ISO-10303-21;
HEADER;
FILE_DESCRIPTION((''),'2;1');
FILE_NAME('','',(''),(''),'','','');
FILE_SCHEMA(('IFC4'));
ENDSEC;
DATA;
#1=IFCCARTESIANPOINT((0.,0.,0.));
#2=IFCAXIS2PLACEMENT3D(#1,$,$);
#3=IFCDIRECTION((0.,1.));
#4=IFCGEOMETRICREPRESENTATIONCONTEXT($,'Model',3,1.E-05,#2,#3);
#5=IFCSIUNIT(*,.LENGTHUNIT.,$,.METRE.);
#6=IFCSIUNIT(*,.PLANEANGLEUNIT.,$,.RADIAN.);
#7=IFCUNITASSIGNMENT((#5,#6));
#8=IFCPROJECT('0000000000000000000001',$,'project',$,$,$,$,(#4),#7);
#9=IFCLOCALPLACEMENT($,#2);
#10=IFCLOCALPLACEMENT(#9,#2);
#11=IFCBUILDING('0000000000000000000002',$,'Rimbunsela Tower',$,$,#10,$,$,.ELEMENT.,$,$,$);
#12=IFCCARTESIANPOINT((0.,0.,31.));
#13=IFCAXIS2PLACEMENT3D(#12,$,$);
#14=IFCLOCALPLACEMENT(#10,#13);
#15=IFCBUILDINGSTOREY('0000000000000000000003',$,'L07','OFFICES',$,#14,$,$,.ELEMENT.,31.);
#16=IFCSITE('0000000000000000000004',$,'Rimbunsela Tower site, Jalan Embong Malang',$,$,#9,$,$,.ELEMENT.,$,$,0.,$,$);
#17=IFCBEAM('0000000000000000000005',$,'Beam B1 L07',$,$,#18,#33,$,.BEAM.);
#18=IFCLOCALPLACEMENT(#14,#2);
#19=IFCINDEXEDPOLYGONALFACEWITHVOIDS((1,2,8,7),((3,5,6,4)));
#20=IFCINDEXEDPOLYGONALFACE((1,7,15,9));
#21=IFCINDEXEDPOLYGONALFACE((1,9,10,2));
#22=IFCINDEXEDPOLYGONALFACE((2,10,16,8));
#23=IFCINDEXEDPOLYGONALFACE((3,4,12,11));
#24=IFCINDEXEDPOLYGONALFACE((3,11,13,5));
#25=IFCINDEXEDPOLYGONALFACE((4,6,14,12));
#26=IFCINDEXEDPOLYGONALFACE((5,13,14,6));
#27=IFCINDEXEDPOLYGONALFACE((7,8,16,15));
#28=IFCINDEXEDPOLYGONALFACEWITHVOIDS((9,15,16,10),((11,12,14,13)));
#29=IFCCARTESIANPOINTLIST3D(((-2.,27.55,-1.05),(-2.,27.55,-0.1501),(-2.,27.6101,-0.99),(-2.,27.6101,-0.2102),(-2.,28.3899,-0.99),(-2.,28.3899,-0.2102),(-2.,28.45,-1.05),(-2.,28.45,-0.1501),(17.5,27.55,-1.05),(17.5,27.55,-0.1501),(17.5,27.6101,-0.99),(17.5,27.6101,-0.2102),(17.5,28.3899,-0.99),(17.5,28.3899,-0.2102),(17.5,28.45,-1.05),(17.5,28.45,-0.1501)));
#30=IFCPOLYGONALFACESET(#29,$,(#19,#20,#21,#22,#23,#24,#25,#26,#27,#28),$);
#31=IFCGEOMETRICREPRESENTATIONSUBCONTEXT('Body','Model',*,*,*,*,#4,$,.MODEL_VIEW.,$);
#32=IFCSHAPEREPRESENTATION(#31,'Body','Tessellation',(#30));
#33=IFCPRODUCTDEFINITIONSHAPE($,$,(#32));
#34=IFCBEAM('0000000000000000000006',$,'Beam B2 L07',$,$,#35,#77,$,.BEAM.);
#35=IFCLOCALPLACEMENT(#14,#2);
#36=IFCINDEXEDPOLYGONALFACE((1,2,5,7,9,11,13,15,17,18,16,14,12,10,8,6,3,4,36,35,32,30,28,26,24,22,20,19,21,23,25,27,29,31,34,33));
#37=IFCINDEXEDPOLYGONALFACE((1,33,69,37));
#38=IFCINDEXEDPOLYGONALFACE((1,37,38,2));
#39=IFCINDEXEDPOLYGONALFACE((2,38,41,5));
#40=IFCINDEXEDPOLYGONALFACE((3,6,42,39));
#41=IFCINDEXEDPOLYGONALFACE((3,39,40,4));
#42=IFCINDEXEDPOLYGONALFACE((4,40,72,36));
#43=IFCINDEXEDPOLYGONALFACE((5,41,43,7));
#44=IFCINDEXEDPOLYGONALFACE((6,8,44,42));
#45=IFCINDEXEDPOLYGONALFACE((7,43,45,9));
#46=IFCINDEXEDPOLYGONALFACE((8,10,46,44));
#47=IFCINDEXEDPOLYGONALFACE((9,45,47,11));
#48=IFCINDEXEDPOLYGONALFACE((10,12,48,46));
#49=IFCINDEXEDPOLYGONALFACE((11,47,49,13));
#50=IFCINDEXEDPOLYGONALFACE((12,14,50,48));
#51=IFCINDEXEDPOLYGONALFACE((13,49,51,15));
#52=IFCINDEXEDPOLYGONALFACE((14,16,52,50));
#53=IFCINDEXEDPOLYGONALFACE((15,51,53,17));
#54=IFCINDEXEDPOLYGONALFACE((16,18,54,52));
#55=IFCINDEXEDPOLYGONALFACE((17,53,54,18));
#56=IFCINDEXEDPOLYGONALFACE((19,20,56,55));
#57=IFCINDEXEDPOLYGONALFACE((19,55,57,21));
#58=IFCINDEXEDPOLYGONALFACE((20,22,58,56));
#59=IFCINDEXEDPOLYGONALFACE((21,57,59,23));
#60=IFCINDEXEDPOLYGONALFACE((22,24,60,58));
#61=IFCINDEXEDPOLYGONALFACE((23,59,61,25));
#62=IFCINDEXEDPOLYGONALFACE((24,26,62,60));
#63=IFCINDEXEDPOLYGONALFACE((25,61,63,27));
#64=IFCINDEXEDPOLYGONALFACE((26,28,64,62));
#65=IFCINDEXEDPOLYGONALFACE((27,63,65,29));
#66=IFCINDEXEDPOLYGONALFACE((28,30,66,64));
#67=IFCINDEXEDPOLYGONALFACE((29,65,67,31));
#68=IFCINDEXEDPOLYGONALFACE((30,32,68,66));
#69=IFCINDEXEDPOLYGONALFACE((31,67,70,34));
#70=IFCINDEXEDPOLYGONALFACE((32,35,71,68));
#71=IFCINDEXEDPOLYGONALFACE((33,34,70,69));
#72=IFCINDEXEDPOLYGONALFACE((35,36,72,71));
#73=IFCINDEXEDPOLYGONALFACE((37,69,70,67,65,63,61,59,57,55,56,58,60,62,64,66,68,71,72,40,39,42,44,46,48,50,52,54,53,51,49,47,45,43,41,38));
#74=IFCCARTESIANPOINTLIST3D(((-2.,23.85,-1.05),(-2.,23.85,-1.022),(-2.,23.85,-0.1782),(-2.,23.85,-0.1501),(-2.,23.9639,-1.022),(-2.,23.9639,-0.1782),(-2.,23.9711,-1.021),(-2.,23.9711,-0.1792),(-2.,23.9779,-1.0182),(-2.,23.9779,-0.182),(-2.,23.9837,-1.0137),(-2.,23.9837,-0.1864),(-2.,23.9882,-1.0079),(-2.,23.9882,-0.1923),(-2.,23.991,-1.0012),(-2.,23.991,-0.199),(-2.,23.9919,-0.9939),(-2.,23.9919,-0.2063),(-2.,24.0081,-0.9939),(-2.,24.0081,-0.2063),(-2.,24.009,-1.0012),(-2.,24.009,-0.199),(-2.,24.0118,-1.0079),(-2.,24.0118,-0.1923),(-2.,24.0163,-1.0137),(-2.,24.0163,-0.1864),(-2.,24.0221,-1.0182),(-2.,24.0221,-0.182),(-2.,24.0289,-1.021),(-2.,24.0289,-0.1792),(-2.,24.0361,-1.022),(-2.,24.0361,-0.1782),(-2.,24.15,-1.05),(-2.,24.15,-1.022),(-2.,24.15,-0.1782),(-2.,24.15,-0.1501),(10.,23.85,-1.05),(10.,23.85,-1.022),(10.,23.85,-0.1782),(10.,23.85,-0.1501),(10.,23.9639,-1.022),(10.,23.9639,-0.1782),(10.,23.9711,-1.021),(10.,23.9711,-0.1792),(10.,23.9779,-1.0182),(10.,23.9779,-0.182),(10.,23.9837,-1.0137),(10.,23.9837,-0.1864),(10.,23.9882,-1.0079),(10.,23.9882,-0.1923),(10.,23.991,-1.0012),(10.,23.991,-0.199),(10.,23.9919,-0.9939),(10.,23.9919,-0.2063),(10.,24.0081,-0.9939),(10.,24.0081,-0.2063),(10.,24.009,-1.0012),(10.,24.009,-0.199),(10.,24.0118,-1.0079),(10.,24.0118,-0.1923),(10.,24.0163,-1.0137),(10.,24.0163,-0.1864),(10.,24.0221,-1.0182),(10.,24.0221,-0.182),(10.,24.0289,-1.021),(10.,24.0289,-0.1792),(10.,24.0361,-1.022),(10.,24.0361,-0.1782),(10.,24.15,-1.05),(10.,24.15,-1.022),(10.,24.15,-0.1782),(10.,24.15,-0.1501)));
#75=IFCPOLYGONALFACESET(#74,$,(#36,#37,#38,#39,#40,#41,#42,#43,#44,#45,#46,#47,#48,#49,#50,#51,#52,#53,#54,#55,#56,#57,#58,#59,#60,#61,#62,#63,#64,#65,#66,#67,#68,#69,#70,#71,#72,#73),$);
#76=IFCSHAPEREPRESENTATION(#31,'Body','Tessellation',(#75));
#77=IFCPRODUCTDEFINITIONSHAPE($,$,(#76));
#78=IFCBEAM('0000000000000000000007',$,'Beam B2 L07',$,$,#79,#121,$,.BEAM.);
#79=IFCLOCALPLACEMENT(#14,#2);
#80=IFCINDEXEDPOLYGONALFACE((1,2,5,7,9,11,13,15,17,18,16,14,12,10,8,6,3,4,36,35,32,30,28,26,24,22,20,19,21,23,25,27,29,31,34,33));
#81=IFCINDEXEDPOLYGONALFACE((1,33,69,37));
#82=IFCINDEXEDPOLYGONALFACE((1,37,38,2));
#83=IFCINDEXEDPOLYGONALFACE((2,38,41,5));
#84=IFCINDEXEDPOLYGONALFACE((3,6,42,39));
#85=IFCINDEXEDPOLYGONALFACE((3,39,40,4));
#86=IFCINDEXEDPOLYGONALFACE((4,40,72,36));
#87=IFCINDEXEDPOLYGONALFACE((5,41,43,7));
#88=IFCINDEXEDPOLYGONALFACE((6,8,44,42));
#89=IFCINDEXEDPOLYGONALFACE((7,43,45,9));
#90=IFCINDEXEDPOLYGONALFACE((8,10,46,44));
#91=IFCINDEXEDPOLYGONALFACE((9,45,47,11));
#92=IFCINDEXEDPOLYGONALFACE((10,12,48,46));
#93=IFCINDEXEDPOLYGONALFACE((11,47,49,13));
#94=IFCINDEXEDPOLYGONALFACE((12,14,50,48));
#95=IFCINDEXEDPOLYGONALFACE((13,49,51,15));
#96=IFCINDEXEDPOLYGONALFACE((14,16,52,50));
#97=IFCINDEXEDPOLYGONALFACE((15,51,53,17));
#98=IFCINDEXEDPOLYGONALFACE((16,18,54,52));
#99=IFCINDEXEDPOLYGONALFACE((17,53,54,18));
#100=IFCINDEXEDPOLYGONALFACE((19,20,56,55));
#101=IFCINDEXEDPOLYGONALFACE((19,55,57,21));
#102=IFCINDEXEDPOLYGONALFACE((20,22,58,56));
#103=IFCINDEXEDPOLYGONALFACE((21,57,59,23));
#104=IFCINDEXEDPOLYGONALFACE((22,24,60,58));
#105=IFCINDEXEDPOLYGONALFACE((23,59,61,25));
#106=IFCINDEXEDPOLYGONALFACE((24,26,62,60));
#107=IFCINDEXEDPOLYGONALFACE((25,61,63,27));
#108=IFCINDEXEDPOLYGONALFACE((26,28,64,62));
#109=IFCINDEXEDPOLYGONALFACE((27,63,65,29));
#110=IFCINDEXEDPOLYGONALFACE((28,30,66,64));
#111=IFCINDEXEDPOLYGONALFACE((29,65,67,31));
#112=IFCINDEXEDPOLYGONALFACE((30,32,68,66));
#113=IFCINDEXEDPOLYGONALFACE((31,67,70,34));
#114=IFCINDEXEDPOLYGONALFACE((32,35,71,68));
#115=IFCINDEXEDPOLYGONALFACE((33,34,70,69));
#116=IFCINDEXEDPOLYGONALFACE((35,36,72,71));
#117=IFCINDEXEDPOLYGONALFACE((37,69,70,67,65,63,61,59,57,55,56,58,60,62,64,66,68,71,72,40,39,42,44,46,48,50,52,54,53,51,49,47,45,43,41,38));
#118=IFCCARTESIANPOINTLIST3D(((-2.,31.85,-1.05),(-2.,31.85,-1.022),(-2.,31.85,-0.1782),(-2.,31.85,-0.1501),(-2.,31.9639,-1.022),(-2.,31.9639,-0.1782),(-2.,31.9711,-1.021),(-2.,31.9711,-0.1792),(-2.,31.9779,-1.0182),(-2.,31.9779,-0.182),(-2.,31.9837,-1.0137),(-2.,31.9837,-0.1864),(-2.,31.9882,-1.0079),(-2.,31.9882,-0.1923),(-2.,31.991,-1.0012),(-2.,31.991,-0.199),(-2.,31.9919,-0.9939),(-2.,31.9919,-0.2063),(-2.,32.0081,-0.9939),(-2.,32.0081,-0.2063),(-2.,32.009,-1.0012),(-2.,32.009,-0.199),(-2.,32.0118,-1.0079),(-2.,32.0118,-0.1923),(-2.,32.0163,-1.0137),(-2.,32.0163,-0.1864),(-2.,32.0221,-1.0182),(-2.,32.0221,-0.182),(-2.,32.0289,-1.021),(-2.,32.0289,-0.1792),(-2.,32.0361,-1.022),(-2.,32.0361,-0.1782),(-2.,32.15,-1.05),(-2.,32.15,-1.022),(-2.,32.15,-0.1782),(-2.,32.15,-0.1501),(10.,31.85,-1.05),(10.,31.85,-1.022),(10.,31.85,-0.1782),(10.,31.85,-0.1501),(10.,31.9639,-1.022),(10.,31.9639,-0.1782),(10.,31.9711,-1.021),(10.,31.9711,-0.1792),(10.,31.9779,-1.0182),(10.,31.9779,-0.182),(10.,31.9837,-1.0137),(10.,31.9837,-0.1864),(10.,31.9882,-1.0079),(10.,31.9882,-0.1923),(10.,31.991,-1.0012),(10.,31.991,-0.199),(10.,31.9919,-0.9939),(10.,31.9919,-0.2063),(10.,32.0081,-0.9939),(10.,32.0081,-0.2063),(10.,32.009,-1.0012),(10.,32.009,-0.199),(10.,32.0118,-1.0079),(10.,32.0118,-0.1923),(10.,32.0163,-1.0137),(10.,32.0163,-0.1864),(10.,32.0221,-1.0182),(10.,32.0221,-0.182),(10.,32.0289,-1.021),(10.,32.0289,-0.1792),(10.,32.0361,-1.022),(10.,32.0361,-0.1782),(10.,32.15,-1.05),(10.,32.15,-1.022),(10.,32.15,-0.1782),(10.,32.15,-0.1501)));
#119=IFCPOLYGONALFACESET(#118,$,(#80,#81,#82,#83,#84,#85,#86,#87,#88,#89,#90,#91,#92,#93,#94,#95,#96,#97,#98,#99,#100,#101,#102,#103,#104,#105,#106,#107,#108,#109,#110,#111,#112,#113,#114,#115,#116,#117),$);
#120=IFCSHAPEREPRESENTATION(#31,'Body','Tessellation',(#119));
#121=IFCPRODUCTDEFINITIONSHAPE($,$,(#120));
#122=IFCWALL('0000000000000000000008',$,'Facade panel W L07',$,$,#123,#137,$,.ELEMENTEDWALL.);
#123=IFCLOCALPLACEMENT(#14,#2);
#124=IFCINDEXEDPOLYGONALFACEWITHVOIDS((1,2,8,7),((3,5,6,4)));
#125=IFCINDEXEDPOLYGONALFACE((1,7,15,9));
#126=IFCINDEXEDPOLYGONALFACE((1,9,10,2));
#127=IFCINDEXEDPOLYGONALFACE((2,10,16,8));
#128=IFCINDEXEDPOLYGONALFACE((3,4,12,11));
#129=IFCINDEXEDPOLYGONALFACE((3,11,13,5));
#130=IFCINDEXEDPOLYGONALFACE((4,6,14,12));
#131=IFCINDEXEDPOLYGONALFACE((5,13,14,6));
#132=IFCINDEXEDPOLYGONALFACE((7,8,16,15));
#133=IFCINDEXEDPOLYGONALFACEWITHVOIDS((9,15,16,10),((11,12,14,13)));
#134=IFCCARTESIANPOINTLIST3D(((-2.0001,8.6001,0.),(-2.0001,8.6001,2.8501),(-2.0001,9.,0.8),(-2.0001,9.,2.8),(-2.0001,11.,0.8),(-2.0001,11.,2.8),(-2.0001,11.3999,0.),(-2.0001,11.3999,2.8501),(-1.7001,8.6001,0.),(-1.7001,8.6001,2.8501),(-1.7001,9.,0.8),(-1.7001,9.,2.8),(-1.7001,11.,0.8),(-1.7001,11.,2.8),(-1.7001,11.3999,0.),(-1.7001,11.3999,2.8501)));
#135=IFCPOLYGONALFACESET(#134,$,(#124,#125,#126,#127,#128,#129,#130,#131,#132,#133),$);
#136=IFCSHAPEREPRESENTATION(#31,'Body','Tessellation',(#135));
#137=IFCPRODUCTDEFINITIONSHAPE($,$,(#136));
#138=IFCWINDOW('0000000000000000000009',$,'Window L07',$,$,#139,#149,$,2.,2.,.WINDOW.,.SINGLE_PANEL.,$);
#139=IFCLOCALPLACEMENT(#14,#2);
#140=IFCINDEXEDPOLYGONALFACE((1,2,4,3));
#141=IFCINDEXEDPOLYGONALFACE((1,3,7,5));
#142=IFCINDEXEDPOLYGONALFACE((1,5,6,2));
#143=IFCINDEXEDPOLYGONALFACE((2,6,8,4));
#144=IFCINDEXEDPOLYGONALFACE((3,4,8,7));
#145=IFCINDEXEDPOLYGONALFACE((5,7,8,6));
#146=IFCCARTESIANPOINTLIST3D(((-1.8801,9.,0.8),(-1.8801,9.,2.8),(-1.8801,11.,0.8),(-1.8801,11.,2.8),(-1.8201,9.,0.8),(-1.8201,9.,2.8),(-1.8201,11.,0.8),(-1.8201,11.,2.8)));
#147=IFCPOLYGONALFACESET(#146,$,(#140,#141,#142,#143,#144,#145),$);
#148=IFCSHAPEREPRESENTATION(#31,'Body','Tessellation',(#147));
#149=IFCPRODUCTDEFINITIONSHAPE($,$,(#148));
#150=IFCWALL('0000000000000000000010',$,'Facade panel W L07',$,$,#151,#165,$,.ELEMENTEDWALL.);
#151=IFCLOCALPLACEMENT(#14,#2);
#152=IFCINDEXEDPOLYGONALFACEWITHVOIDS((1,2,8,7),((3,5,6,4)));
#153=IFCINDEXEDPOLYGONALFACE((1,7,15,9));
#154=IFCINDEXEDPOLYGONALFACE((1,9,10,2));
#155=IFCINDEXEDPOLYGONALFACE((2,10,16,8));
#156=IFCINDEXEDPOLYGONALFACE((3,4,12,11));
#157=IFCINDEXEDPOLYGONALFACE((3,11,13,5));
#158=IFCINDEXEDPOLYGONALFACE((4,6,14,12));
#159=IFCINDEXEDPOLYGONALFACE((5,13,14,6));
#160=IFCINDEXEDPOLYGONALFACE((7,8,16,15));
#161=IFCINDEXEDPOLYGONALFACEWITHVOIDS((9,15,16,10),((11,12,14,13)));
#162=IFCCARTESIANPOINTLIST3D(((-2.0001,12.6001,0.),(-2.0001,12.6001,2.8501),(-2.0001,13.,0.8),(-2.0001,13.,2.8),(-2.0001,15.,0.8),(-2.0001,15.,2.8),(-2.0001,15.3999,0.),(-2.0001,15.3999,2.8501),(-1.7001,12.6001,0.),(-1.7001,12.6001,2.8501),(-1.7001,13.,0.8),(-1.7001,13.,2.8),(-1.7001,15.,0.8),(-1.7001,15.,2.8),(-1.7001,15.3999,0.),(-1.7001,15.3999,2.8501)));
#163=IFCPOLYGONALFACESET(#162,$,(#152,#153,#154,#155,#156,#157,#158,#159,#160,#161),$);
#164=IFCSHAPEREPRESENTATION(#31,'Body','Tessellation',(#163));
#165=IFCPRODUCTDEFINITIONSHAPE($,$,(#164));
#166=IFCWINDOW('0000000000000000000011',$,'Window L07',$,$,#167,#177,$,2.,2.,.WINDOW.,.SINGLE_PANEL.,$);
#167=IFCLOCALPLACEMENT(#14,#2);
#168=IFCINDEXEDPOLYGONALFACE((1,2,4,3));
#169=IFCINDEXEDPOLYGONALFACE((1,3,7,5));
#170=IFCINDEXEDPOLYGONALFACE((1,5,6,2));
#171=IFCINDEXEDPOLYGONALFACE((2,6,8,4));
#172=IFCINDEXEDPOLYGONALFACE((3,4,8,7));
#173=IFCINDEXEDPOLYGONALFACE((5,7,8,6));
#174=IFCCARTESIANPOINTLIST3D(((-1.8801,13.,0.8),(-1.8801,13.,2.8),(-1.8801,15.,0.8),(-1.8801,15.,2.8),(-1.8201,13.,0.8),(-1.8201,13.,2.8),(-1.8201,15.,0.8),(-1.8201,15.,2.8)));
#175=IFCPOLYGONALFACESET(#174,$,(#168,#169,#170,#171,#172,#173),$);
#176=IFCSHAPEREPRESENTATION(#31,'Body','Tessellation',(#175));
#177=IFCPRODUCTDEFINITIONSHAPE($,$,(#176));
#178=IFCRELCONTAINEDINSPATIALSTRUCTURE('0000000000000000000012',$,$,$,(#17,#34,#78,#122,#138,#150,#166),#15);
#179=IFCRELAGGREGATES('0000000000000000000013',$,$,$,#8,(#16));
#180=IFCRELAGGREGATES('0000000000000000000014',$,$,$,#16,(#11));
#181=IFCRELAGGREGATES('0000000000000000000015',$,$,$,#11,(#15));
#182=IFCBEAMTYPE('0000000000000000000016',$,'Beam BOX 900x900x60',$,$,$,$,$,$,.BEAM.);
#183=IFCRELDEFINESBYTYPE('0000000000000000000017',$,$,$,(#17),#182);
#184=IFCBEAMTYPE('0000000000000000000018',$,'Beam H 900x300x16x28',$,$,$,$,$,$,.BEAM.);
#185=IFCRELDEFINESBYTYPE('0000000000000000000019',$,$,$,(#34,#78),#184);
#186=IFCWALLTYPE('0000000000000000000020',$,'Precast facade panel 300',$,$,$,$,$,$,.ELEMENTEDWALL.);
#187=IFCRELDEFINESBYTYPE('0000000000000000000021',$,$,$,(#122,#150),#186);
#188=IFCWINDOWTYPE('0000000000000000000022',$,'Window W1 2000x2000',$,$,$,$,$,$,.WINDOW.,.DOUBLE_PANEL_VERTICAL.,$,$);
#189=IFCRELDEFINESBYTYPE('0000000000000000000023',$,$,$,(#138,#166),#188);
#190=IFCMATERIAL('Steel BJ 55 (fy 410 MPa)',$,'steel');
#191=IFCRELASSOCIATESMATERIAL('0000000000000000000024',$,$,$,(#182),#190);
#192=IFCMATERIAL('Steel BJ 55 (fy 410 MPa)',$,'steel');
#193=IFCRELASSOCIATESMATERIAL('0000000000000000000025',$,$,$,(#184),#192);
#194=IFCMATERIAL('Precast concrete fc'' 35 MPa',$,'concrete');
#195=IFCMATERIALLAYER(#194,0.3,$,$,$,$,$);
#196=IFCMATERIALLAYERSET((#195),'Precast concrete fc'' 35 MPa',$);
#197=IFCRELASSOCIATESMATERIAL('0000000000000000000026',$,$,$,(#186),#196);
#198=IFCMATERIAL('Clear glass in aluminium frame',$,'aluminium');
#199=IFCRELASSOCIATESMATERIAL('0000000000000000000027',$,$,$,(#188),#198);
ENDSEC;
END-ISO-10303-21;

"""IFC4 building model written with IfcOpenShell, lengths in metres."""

from ifc_helpers import new_model, si_unit, direction, frame, frame_2d, origin, origin_2d, place, context, subcontext, project, spatial, rectangle, hollow_rectangle, i_section, extrude, material, layer, layer_set, material_profile, profile_set, type_object, element, fill, save


model = new_model("IFC4")

# Units and contexts
model_context = context("Model", 3, precision=1e-05, world=origin(), true_north=direction((0.0, 1.0)))
body_context = subcontext(model_context, "Body", "Model", "MODEL_VIEW")
ifc_project = project(units=[si_unit("LENGTHUNIT", "METRE"), si_unit("PLANEANGLEUNIT", "RADIAN")], contexts=[model_context])

# Site, building, storey
site_placement = place(None, origin())
site = spatial("IfcSite", under=ifc_project, at=site_placement, Name="Rimbunsela Tower site, Jalan Embong Malang", CompositionType="ELEMENT", RefElevation=0.0)
building_placement = place(site_placement, origin())
building = spatial("IfcBuilding", under=site, at=building_placement, Name="Rimbunsela Tower", CompositionType="ELEMENT")
storey_placement = place(building_placement, frame((0.0, 0.0, 31.0)))
storey = spatial("IfcBuildingStorey", under=building, at=storey_placement, Name="L07", Description="OFFICES", CompositionType="ELEMENT", Elevation=31.0)

# Beams
ifc_material_1 = material(Name="Steel BJ 55 (fy 410 MPa)", Category="steel")
ifc_material_profile_1 = material_profile(ifc_material_1, hollow_rectangle(XDim=0.8999, YDim=0.8999, WallThickness=0.0601, at=origin_2d()), Name="BOX 900x900x60")
ifc_profile_set_1 = profile_set([ifc_material_profile_1], Name="Steel BJ 55 (fy 410 MPa)")
beam_type_1 = type_object("IfcBeamType", Name="Beam BOX 900x900x60", PredefinedType="BEAM", material=ifc_profile_set_1)
beam_1_placement = place(storey_placement, frame((-2.0, 28.0, -0.6001), z_axis=(1.0, 0.0, 0.0), x_axis=(0.0, 1.0, 0.0)))
element("IfcBeam", 1, at=beam_1_placement, inside=storey, type_object=beam_type_1, Name="Beam B1 L07", PredefinedType="BEAM", context=body_context, shape_type="SweptSolid", body=[
    extrude(hollow_rectangle(XDim=0.8999, YDim=0.8999, WallThickness=0.0601, at=origin_2d()), origin(), (0.0, 0.0, 1.0), 19.5),
])
ifc_material_2 = material(Name="Steel BJ 55 (fy 410 MPa)", Category="steel")
ifc_material_profile_2 = material_profile(ifc_material_2, i_section(OverallWidth=0.3, OverallDepth=0.8999, WebThickness=0.0161, FlangeThickness=0.0281, FilletRadius=0.0281, at=origin_2d()), Name="H 900x300x16x28")
ifc_profile_set_2 = profile_set([ifc_material_profile_2], Name="Steel BJ 55 (fy 410 MPa)")
beam_type_2 = type_object("IfcBeamType", Name="Beam H 900x300x16x28", PredefinedType="BEAM", material=ifc_profile_set_2)
for number, where, z_axis, x_axis, name in (
    (2, (-2.0, 24.0, -0.6001), (1.0, 0.0, 0.0), (0.0, 1.0, 0.0), "Beam B2 L07"),
    (3, (-2.0, 32.0, -0.6001), (1.0, 0.0, 0.0), (0.0, 1.0, 0.0), "Beam B2 L07"),
):
    element("IfcBeam", number, at=place(storey_placement, frame(where, z_axis=z_axis, x_axis=x_axis)), inside=storey, type_object=beam_type_2, Name=name, PredefinedType="BEAM", context=body_context, shape_type="SweptSolid", body=[
        extrude(i_section(OverallWidth=0.3, OverallDepth=0.8999, WebThickness=0.0161, FlangeThickness=0.0281, FilletRadius=0.0281, at=origin_2d()), origin(), (0.0, 0.0, 1.0), 12.0),
    ])

# Walls, openings, windows
ifc_material_3 = material(Name="Precast concrete fc' 35 MPa", Category="concrete")
ifc_layer_1 = layer(ifc_material_3, 0.3)
ifc_layer_set_1 = layer_set([ifc_layer_1], Name="Precast concrete fc' 35 MPa")
wall_type = type_object("IfcWallType", Name="Precast facade panel 300", PredefinedType="ELEMENTEDWALL", material=ifc_layer_set_1)
wall_1_placement = place(storey_placement, frame((-1.8501, 11.3999, 0.0), z_axis=(0.0, 0.0, 1.0), x_axis=(0.0, -1.0, 0.0)))
wall_1 = element("IfcWall", 4, at=wall_1_placement, inside=storey, type_object=wall_type, Name="Facade panel W L07", PredefinedType="ELEMENTEDWALL", context=body_context, shape_type="SweptSolid", body=[
    extrude(rectangle(XDim=2.7998, YDim=0.3, at=frame_2d((1.3999, 0.0))), origin(), (0.0, 0.0, 1.0), 2.8501),
])
opening_1_placement = place(wall_1_placement, frame((0.3999, 0.0, 0.8)))
opening_1 = element("IfcOpeningElement", 5, at=opening_1_placement, cuts=wall_1, PredefinedType="OPENING", context=body_context, shape_type="SweptSolid", body=[
    extrude(rectangle(XDim=2.0, YDim=2.0, at=frame_2d((1.0, 1.0))), frame((0.0, 0.1599, 0.0), z_axis=(0.0, -1.0, 0.0), x_axis=(1.0, 0.0, 0.0)), (0.0, 0.0, 1.0), 0.3201),
])
ifc_material_4 = material(Name="Clear glass in aluminium frame", Category="aluminium")
window_type = type_object("IfcWindowType", Name="Window W1 2000x2000", PartitioningType="DOUBLE_PANEL_VERTICAL", PredefinedType="WINDOW", material=ifc_material_4)
window_1_placement = place(opening_1_placement, origin())
window_1 = element("IfcWindow", 6, at=window_1_placement, inside=storey, type_object=window_type, Name="Window L07", OverallHeight=2.0, OverallWidth=2.0, PartitioningType="SINGLE_PANEL", PredefinedType="WINDOW", context=body_context, shape_type="SweptSolid", body=[
    extrude(rectangle(XDim=2.0, YDim=2.0, at=frame_2d((1.0, 1.0))), frame((0.0, 0.03, 0.0), z_axis=(0.0, -1.0, 0.0), x_axis=(1.0, 0.0, 0.0)), (0.0, 0.0, 1.0), 0.0601),
])
fill(opening_1, window_1)
wall_2_placement = place(storey_placement, frame((-1.8501, 15.3999, 0.0), z_axis=(0.0, 0.0, 1.0), x_axis=(0.0, -1.0, 0.0)))
wall_2 = element("IfcWall", 7, at=wall_2_placement, inside=storey, type_object=wall_type, Name="Facade panel W L07", PredefinedType="ELEMENTEDWALL", context=body_context, shape_type="SweptSolid", body=[
    extrude(rectangle(XDim=2.7998, YDim=0.3, at=frame_2d((1.3999, 0.0))), origin(), (0.0, 0.0, 1.0), 2.8501),
])
opening_2_placement = place(wall_2_placement, frame((0.3999, 0.0, 0.8)))
opening_2 = element("IfcOpeningElement", 8, at=opening_2_placement, cuts=wall_2, PredefinedType="OPENING", context=body_context, shape_type="SweptSolid", body=[
    extrude(rectangle(XDim=2.0, YDim=2.0, at=frame_2d((1.0, 1.0))), frame((0.0, 0.1599, 0.0), z_axis=(0.0, -1.0, 0.0), x_axis=(1.0, 0.0, 0.0)), (0.0, 0.0, 1.0), 0.3201),
])
window_2_placement = place(opening_2_placement, origin())
window_2 = element("IfcWindow", 9, at=window_2_placement, inside=storey, type_object=window_type, Name="Window L07", OverallHeight=2.0, OverallWidth=2.0, PartitioningType="SINGLE_PANEL", PredefinedType="WINDOW", context=body_context, shape_type="SweptSolid", body=[
    extrude(rectangle(XDim=2.0, YDim=2.0, at=frame_2d((1.0, 1.0))), frame((0.0, 0.03, 0.0), z_axis=(0.0, -1.0, 0.0), x_axis=(1.0, 0.0, 0.0)), (0.0, 0.0, 1.0), 0.0601),
])
fill(opening_2, window_2)

save(model, "model.ifc")
